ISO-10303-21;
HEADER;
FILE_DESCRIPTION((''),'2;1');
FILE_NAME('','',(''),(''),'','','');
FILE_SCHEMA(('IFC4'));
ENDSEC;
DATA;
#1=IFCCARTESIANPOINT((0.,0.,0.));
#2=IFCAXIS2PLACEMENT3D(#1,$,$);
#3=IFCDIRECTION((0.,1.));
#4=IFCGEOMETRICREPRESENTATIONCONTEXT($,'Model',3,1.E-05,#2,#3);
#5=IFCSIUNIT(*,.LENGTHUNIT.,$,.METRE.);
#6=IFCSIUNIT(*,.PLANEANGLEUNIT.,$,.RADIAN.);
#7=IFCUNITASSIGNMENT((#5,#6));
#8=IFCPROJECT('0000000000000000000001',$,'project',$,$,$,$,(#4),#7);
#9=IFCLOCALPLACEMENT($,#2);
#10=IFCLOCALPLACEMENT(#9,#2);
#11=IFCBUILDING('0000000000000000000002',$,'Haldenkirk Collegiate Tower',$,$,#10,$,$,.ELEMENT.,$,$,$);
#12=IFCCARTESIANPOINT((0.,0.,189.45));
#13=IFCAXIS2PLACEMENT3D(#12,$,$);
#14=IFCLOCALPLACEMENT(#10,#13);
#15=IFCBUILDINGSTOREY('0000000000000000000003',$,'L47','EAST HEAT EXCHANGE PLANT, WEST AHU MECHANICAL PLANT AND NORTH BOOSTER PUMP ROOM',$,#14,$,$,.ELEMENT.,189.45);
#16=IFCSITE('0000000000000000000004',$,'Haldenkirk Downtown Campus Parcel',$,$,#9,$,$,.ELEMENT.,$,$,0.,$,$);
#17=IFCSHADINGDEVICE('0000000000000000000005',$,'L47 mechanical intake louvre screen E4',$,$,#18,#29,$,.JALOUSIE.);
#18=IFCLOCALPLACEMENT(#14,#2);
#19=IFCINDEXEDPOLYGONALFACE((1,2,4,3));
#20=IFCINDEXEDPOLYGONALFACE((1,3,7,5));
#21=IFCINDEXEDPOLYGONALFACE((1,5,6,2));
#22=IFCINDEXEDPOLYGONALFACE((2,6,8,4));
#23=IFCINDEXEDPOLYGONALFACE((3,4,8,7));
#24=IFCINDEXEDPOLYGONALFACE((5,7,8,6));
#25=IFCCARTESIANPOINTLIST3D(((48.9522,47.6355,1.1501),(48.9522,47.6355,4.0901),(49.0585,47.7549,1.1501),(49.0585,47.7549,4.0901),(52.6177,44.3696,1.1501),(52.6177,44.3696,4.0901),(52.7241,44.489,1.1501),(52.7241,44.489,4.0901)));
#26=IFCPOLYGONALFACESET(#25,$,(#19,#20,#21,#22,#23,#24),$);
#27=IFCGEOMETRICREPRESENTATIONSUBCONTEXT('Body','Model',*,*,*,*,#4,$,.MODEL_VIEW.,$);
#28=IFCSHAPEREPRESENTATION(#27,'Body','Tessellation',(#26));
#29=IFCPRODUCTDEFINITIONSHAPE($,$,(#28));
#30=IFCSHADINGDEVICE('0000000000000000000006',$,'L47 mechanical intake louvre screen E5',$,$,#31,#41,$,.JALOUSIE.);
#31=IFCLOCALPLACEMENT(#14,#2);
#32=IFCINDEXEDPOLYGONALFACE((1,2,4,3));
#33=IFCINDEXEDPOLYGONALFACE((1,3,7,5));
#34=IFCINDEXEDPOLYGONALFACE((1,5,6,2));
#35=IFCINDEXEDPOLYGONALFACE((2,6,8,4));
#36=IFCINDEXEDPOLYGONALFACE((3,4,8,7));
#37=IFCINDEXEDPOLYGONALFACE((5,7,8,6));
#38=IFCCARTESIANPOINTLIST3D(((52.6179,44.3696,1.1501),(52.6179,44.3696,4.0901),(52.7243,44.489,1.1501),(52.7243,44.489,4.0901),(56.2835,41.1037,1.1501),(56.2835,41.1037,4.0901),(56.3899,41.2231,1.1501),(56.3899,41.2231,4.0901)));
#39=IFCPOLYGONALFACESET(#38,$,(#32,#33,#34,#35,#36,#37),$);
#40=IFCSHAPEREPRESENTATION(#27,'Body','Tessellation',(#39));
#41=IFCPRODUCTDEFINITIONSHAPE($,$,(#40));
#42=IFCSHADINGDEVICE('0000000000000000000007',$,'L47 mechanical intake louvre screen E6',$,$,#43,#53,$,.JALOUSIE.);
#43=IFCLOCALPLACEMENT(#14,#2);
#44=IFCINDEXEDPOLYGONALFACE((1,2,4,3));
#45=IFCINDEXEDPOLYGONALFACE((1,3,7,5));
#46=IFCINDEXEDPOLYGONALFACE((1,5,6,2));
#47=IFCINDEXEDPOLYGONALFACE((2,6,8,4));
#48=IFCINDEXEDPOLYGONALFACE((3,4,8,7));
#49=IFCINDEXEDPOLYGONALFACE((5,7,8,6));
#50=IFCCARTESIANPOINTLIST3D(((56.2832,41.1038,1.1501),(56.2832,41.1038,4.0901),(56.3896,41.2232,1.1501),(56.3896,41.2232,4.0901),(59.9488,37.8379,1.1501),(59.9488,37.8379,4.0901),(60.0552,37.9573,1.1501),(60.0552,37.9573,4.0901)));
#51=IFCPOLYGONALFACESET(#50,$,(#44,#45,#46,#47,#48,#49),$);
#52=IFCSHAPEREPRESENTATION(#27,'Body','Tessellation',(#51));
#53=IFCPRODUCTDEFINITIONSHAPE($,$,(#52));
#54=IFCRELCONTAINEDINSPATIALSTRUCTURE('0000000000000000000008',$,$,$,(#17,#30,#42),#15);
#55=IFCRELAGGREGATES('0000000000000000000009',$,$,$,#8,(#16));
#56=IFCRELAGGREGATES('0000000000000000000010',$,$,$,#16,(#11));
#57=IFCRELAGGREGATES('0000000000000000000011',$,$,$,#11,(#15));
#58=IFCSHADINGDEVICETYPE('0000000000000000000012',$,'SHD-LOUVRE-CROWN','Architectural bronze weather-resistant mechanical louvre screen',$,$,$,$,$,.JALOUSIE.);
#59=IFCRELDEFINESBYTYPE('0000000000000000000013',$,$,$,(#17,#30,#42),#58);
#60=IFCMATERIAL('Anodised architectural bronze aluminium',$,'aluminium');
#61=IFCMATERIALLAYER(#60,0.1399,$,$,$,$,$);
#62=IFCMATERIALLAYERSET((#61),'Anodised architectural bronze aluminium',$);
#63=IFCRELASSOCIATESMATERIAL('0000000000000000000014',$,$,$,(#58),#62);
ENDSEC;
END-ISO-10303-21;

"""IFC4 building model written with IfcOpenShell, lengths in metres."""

from ifc_helpers import new_model, si_unit, direction, frame, origin, origin_2d, place, context, subcontext, project, spatial, rectangle, extrude, source, transform, mapped, material, layer, layer_set, type_object, element, save


model = new_model("IFC4")

# Units and contexts
model_context = context("Model", 3, precision=1e-05, world=origin(), true_north=direction((0.0, 1.0)))
body_context = subcontext(model_context, "Body", "Model", "MODEL_VIEW")
ifc_project = project(units=[si_unit("LENGTHUNIT", "METRE"), si_unit("PLANEANGLEUNIT", "RADIAN")], contexts=[model_context])

# Site, building, storey
site_placement = place(None, origin())
site = spatial("IfcSite", under=ifc_project, at=site_placement, Name="Haldenkirk Downtown Campus Parcel", CompositionType="ELEMENT", RefElevation=0.0)
building_placement = place(site_placement, origin())
building = spatial("IfcBuilding", under=site, at=building_placement, Name="Haldenkirk Collegiate Tower", CompositionType="ELEMENT")
storey_placement = place(building_placement, frame((0.0, 0.0, 189.45)))
storey = spatial("IfcBuildingStorey", under=building, at=storey_placement, Name="L47", Description="EAST HEAT EXCHANGE PLANT, WEST AHU MECHANICAL PLANT AND NORTH BOOSTER PUMP ROOM", CompositionType="ELEMENT", Elevation=189.45)

# Shading devices
ifc_material_1 = material(Name="Anodised architectural bronze aluminium", Category="aluminium")
ifc_layer_1 = layer(ifc_material_1, 0.1399)
ifc_layer_set_1 = layer_set([ifc_layer_1], Name="Anodised architectural bronze aluminium")
shading_device_type = type_object("IfcShadingDeviceType", Name="SHD-LOUVRE-CROWN", Description="Architectural bronze weather-resistant mechanical louvre screen", PredefinedType="JALOUSIE", material=ifc_layer_set_1)
shared_shape_1 = source(origin(), body_context, "Body", "SweptSolid", [
    extrude(rectangle(XDim=4.9094, YDim=0.1599, at=origin_2d()), origin(), (0.0, 0.0, 1.0), 2.9399),
])
for number, where, z_axis, x_axis, name in (
    (1, (50.8381, 46.0623, 1.1501), (0.0, 0.0, 1.0), (0.746638, -0.66523, 0.0), "L47 mechanical intake louvre screen E4"),
    (2, (54.5039, 42.7964, 1.1501), (0.0, 0.0, 1.0), (0.746638, -0.66523, 0.0), "L47 mechanical intake louvre screen E5"),
    (3, (58.1692, 39.5305, 1.1501), (0.0, 0.0, 1.0), (0.746638, -0.66523, 0.0), "L47 mechanical intake louvre screen E6"),
):
    element("IfcShadingDevice", number, at=place(storey_placement, frame(where, z_axis=z_axis, x_axis=x_axis)), inside=storey, type_object=shading_device_type, Name=name, PredefinedType="JALOUSIE", context=body_context, shape_type="MappedRepresentation", body=[
        mapped(shared_shape_1, transform((0.0, 0.0, 0.0), x_axis=(1.0, 0.0, 0.0), y_axis=(0.0, 1.0, 0.0), z_axis=(0.0, 0.0, 1.0), scale=1.0)),
    ])

save(model, "model.ifc")
